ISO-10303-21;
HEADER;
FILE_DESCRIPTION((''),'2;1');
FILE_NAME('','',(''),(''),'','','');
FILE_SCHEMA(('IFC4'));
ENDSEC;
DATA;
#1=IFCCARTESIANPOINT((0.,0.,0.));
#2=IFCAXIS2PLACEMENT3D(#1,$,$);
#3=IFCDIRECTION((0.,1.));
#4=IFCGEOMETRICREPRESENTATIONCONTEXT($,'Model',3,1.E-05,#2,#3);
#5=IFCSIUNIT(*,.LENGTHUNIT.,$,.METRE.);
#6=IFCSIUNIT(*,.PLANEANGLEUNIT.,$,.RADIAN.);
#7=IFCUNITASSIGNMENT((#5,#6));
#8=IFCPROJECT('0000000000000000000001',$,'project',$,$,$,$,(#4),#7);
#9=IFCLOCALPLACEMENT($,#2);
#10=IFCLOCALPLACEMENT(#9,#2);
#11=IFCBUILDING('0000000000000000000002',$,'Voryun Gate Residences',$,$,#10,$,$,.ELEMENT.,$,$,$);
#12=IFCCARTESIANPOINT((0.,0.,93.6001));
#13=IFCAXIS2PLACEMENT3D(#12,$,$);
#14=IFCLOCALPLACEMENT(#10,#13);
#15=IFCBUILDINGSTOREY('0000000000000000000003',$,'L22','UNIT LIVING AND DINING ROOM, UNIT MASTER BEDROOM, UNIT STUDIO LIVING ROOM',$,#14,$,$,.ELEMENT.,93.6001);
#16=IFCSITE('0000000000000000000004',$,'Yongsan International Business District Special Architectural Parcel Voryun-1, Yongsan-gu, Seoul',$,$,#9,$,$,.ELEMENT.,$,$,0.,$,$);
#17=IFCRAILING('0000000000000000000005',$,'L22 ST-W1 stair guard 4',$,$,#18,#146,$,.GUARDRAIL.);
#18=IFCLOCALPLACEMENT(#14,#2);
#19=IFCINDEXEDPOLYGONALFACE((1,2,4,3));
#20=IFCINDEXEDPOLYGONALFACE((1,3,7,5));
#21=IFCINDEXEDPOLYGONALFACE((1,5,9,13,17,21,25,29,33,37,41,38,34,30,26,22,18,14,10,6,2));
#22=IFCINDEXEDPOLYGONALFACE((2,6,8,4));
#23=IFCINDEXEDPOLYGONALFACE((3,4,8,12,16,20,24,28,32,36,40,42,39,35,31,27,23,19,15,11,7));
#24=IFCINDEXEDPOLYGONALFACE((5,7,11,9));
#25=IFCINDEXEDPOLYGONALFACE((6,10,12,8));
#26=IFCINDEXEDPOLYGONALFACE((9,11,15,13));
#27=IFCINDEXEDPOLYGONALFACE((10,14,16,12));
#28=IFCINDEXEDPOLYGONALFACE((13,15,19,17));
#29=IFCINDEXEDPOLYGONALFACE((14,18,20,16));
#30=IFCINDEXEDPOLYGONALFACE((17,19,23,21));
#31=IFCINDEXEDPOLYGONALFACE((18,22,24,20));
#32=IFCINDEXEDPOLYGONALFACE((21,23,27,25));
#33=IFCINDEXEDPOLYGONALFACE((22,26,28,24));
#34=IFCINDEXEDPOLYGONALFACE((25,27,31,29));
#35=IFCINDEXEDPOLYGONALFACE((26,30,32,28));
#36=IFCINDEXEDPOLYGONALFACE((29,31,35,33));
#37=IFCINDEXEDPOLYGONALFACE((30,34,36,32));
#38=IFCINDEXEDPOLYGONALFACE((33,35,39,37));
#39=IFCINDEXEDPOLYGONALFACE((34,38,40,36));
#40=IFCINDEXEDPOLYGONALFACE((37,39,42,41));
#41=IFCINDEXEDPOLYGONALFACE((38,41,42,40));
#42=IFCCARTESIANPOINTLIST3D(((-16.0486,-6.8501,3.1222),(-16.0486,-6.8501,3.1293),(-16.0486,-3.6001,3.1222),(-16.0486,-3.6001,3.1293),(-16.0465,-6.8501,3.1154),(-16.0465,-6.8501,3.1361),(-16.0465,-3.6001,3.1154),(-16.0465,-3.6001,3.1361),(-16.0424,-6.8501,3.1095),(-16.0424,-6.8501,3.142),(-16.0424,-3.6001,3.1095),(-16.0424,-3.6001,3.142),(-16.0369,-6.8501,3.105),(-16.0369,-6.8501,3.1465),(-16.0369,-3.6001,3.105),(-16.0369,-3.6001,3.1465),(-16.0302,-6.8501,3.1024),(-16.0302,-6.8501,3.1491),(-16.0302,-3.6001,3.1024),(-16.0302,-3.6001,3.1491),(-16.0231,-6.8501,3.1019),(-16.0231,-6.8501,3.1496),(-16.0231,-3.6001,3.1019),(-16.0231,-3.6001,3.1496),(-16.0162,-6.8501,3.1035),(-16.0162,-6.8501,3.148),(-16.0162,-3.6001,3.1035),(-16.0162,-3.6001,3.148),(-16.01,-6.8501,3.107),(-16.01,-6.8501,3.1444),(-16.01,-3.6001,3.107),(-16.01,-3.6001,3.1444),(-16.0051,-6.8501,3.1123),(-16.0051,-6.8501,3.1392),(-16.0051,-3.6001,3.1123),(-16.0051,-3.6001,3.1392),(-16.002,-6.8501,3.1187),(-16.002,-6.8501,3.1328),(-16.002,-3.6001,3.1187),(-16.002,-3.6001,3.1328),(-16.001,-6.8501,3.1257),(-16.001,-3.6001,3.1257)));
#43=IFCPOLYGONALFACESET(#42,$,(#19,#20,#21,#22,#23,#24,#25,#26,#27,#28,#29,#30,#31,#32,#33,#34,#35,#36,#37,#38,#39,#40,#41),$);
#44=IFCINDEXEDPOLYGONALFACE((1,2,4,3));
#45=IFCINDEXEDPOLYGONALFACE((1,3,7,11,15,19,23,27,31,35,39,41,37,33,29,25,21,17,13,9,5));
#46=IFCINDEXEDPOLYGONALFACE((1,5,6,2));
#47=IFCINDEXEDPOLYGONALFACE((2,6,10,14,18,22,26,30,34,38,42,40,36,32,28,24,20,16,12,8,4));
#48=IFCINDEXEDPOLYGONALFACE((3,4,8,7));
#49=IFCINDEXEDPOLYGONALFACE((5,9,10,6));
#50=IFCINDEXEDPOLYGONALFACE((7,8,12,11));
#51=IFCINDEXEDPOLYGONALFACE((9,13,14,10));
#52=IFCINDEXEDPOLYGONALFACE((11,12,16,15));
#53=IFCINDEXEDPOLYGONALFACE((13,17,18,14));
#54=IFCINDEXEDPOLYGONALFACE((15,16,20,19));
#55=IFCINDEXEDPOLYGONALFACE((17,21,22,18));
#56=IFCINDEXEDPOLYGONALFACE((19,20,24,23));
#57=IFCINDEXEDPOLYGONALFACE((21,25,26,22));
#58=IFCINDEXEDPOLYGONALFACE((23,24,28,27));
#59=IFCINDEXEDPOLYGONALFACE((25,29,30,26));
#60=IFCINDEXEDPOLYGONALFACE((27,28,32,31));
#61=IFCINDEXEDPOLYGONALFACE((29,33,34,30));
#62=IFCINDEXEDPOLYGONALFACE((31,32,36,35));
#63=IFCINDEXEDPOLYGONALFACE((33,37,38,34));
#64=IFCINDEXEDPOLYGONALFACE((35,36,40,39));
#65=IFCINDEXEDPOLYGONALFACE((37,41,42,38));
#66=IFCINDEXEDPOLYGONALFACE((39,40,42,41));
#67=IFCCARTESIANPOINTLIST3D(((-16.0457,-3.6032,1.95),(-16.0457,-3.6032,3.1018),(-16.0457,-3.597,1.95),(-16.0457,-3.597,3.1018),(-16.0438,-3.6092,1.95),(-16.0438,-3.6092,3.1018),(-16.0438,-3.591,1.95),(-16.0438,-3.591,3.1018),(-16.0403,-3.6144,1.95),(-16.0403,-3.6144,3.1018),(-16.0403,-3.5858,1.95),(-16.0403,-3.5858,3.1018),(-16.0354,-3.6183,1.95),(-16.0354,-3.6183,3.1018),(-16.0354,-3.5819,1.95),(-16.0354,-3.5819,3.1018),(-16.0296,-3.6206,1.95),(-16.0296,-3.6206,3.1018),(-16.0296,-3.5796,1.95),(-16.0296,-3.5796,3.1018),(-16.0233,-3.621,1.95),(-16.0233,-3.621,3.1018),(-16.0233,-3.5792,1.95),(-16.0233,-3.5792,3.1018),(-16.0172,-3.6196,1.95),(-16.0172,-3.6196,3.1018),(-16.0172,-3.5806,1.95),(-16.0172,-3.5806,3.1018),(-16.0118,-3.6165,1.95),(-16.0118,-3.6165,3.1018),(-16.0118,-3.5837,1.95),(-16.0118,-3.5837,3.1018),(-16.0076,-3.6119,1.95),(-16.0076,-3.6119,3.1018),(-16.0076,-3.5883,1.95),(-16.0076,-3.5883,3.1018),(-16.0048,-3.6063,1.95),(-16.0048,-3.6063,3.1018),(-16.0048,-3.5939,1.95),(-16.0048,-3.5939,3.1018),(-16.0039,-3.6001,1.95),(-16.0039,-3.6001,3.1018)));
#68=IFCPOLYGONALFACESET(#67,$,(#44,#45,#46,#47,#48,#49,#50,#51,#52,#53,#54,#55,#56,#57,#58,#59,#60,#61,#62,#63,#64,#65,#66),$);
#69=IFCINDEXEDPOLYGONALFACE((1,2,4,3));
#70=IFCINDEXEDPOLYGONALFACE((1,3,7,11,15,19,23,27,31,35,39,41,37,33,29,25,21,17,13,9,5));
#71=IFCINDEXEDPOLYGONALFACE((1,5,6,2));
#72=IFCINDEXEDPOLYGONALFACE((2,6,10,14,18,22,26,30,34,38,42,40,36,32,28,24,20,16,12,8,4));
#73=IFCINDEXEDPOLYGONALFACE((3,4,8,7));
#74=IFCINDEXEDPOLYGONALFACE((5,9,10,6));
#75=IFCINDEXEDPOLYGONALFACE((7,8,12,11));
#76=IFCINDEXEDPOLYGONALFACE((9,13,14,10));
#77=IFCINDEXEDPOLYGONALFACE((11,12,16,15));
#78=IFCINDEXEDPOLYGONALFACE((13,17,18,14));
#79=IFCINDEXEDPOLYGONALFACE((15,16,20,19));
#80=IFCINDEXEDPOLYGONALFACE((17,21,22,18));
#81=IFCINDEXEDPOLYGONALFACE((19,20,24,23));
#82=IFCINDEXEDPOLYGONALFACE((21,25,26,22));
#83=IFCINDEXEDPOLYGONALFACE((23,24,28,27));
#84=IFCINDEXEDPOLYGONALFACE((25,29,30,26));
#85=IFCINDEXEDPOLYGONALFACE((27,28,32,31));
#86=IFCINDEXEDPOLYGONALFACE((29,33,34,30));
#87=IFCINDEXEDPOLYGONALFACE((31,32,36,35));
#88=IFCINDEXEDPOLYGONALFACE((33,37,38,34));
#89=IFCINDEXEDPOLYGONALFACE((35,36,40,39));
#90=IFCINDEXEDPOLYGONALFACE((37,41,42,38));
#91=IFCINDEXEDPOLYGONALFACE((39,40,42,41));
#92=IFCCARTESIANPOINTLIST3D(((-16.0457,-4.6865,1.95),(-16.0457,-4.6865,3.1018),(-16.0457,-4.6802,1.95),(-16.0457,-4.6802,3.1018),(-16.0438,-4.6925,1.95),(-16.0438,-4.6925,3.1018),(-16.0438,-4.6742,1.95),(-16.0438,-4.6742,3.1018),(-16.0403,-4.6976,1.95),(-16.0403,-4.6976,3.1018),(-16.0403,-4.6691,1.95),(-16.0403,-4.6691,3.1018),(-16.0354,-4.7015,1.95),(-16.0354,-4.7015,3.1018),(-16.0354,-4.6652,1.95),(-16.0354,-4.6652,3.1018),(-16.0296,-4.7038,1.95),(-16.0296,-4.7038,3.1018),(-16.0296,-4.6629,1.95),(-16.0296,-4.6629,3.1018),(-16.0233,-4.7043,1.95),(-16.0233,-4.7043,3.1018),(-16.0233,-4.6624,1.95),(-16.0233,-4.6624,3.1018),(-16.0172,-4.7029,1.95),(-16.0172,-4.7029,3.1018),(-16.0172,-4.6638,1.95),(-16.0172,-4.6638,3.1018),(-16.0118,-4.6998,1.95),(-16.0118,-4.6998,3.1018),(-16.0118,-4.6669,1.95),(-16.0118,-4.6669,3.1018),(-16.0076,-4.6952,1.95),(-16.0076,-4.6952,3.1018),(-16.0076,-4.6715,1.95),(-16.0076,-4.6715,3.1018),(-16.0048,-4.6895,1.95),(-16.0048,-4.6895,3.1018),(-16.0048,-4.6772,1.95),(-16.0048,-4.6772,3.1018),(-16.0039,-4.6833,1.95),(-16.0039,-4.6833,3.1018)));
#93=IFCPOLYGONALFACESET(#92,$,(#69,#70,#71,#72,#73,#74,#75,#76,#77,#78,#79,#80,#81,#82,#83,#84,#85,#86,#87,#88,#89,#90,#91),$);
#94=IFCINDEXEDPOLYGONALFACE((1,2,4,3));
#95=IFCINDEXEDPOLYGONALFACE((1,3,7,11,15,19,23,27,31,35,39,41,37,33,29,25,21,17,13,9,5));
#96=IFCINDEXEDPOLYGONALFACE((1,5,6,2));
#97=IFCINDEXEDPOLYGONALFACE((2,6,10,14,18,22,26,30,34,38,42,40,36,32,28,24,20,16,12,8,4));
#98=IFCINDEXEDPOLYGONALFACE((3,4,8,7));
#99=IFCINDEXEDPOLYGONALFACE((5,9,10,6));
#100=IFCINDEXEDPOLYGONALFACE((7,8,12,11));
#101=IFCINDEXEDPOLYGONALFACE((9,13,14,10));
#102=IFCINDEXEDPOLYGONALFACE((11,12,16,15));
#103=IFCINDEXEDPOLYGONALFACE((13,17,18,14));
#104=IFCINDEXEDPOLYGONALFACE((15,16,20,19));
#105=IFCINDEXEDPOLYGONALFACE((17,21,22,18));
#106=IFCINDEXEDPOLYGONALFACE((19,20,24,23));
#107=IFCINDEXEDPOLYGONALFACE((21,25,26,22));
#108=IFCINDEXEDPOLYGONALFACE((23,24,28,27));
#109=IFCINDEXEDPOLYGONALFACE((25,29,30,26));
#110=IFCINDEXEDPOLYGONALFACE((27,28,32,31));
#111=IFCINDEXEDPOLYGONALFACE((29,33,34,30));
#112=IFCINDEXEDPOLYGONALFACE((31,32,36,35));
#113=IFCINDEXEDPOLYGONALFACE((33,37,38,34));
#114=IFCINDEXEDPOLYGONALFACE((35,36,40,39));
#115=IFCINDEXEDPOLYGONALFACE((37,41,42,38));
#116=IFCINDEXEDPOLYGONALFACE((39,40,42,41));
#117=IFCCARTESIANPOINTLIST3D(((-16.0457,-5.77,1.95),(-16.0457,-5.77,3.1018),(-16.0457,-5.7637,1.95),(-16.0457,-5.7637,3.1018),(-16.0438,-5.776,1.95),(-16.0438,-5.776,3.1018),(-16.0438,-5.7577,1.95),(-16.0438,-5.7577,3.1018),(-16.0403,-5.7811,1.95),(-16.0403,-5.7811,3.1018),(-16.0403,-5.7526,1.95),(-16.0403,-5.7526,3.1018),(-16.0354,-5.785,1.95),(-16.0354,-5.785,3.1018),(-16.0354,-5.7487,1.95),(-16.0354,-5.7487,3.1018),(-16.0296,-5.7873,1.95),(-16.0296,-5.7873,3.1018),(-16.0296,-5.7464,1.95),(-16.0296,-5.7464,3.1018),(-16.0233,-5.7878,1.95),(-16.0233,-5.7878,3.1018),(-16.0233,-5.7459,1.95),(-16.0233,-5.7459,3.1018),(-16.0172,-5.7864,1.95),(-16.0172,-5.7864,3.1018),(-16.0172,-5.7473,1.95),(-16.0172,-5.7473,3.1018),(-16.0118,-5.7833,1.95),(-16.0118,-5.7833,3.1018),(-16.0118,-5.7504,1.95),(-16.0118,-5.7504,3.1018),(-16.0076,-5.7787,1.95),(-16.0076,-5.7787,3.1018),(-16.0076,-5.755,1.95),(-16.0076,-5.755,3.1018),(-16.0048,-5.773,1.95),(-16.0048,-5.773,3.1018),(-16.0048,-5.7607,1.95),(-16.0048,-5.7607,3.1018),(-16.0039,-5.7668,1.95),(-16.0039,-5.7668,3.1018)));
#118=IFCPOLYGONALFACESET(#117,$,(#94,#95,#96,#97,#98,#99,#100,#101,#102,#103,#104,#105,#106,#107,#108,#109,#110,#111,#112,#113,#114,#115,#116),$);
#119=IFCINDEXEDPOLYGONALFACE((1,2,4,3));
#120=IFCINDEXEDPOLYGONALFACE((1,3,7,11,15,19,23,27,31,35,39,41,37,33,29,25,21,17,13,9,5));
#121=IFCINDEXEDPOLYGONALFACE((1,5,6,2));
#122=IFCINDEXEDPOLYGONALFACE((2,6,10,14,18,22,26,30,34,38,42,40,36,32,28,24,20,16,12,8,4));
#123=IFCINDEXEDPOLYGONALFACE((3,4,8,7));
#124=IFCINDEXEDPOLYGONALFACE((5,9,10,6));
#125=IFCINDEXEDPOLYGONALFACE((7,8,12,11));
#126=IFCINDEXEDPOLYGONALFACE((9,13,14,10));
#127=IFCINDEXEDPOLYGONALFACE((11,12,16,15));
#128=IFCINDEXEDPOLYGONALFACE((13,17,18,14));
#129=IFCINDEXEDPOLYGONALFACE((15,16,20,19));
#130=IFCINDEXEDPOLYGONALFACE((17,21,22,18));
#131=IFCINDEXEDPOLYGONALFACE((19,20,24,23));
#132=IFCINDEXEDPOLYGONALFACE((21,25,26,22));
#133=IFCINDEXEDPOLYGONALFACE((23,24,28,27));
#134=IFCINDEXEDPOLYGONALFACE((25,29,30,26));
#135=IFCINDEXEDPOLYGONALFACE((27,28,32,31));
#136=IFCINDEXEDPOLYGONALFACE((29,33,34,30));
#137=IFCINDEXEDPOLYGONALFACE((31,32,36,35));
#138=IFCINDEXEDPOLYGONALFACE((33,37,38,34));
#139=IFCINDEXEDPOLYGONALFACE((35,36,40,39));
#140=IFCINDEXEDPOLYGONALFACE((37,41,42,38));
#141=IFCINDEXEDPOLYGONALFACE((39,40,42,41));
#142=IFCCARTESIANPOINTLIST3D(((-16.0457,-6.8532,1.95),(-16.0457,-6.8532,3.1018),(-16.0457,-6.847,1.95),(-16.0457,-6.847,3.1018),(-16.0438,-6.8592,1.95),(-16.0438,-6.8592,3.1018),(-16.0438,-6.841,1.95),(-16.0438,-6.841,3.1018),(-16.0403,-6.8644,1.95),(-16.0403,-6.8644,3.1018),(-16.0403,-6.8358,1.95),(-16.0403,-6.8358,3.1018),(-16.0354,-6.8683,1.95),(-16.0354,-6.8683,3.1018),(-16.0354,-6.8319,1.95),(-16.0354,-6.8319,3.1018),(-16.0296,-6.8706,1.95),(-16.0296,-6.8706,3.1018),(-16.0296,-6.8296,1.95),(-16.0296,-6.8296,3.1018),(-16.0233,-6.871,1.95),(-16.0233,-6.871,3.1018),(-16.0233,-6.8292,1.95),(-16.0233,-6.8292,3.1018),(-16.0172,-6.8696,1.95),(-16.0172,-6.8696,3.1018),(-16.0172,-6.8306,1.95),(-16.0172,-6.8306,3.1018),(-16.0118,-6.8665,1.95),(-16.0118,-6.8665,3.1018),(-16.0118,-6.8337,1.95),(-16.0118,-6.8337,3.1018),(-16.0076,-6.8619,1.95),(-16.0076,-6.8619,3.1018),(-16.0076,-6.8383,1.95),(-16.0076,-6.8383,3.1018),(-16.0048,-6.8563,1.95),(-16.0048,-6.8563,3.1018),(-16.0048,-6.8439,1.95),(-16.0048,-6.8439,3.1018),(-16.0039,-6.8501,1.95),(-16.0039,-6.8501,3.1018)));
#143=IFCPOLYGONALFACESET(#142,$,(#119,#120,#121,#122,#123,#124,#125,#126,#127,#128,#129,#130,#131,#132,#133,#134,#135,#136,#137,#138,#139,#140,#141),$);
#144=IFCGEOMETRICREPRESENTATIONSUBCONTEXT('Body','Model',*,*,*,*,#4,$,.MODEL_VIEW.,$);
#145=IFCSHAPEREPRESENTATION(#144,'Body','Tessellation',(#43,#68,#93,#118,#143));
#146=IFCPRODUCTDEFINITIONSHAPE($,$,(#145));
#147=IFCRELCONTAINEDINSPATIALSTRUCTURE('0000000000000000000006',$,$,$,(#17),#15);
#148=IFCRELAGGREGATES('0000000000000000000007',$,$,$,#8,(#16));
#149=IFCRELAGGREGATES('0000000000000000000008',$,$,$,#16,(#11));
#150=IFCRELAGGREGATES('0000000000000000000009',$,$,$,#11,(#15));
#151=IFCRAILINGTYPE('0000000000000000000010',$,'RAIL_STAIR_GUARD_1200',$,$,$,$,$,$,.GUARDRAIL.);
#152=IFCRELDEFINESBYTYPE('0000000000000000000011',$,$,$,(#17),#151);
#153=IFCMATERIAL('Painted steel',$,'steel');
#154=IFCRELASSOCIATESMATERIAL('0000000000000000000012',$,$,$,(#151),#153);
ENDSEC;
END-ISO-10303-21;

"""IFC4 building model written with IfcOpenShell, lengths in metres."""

from ifc_helpers import new_model, si_unit, direction, frame, origin, origin_2d, place, context, subcontext, project, spatial, circle, extrude, material, type_object, element, save


model = new_model("IFC4")

# Units and contexts
model_context = context("Model", 3, precision=1e-05, world=origin(), true_north=direction((0.0, 1.0)))
body_context = subcontext(model_context, "Body", "Model", "MODEL_VIEW")
ifc_project = project(units=[si_unit("LENGTHUNIT", "METRE"), si_unit("PLANEANGLEUNIT", "RADIAN")], contexts=[model_context])

# Site, building, storey
site_placement = place(None, origin())
site = spatial("IfcSite", under=ifc_project, at=site_placement, Name="Yongsan International Business District Special Architectural Parcel Voryun-1, Yongsan-gu, Seoul", CompositionType="ELEMENT", RefElevation=0.0)
building_placement = place(site_placement, origin())
building = spatial("IfcBuilding", under=site, at=building_placement, Name="Voryun Gate Residences", CompositionType="ELEMENT")
storey_placement = place(building_placement, frame((0.0, 0.0, 93.6001)))
storey = spatial("IfcBuildingStorey", under=building, at=storey_placement, Name="L22", Description="UNIT LIVING AND DINING ROOM, UNIT MASTER BEDROOM, UNIT STUDIO LIVING ROOM", CompositionType="ELEMENT", Elevation=93.6001)

# Railing
ifc_material_1 = material(Name="Painted steel", Category="steel")
railing_type_1 = type_object("IfcRailingType", Name="RAIL_STAIR_GUARD_1200", PredefinedType="GUARDRAIL", material=ifc_material_1)
for number, where, name in (
    (1, (-16.0249, -3.6001, 1.95), "L22 ST-W1 stair guard 4"),
):
    element("IfcRailing", number, at=place(storey_placement, frame(where)), inside=storey, type_object=railing_type_1, Name=name, PredefinedType="GUARDRAIL", context=body_context, shape_type="SweptSolid", body=[
        extrude(circle(Radius=0.0239, at=origin_2d()), frame((0.0, 0.0, 1.1758), z_axis=(0.0, -1.0, 0.0), x_axis=(1.0, 0.0, 0.0)), (0.0, 0.0, 1.0), 3.25),
        extrude(circle(Radius=0.021, at=origin_2d()), origin(), (0.0, 0.0, 1.0), 1.1519),
        extrude(circle(Radius=0.021, at=origin_2d()), frame((0.0, -1.0833, 0.0)), (0.0, 0.0, 1.0), 1.1519),
        extrude(circle(Radius=0.021, at=origin_2d()), frame((0.0, -2.1667, 0.0)), (0.0, 0.0, 1.0), 1.1519),
        extrude(circle(Radius=0.021, at=origin_2d()), frame((0.0, -3.25, 0.0)), (0.0, 0.0, 1.0), 1.1519),
    ])

save(model, "model.ifc")
